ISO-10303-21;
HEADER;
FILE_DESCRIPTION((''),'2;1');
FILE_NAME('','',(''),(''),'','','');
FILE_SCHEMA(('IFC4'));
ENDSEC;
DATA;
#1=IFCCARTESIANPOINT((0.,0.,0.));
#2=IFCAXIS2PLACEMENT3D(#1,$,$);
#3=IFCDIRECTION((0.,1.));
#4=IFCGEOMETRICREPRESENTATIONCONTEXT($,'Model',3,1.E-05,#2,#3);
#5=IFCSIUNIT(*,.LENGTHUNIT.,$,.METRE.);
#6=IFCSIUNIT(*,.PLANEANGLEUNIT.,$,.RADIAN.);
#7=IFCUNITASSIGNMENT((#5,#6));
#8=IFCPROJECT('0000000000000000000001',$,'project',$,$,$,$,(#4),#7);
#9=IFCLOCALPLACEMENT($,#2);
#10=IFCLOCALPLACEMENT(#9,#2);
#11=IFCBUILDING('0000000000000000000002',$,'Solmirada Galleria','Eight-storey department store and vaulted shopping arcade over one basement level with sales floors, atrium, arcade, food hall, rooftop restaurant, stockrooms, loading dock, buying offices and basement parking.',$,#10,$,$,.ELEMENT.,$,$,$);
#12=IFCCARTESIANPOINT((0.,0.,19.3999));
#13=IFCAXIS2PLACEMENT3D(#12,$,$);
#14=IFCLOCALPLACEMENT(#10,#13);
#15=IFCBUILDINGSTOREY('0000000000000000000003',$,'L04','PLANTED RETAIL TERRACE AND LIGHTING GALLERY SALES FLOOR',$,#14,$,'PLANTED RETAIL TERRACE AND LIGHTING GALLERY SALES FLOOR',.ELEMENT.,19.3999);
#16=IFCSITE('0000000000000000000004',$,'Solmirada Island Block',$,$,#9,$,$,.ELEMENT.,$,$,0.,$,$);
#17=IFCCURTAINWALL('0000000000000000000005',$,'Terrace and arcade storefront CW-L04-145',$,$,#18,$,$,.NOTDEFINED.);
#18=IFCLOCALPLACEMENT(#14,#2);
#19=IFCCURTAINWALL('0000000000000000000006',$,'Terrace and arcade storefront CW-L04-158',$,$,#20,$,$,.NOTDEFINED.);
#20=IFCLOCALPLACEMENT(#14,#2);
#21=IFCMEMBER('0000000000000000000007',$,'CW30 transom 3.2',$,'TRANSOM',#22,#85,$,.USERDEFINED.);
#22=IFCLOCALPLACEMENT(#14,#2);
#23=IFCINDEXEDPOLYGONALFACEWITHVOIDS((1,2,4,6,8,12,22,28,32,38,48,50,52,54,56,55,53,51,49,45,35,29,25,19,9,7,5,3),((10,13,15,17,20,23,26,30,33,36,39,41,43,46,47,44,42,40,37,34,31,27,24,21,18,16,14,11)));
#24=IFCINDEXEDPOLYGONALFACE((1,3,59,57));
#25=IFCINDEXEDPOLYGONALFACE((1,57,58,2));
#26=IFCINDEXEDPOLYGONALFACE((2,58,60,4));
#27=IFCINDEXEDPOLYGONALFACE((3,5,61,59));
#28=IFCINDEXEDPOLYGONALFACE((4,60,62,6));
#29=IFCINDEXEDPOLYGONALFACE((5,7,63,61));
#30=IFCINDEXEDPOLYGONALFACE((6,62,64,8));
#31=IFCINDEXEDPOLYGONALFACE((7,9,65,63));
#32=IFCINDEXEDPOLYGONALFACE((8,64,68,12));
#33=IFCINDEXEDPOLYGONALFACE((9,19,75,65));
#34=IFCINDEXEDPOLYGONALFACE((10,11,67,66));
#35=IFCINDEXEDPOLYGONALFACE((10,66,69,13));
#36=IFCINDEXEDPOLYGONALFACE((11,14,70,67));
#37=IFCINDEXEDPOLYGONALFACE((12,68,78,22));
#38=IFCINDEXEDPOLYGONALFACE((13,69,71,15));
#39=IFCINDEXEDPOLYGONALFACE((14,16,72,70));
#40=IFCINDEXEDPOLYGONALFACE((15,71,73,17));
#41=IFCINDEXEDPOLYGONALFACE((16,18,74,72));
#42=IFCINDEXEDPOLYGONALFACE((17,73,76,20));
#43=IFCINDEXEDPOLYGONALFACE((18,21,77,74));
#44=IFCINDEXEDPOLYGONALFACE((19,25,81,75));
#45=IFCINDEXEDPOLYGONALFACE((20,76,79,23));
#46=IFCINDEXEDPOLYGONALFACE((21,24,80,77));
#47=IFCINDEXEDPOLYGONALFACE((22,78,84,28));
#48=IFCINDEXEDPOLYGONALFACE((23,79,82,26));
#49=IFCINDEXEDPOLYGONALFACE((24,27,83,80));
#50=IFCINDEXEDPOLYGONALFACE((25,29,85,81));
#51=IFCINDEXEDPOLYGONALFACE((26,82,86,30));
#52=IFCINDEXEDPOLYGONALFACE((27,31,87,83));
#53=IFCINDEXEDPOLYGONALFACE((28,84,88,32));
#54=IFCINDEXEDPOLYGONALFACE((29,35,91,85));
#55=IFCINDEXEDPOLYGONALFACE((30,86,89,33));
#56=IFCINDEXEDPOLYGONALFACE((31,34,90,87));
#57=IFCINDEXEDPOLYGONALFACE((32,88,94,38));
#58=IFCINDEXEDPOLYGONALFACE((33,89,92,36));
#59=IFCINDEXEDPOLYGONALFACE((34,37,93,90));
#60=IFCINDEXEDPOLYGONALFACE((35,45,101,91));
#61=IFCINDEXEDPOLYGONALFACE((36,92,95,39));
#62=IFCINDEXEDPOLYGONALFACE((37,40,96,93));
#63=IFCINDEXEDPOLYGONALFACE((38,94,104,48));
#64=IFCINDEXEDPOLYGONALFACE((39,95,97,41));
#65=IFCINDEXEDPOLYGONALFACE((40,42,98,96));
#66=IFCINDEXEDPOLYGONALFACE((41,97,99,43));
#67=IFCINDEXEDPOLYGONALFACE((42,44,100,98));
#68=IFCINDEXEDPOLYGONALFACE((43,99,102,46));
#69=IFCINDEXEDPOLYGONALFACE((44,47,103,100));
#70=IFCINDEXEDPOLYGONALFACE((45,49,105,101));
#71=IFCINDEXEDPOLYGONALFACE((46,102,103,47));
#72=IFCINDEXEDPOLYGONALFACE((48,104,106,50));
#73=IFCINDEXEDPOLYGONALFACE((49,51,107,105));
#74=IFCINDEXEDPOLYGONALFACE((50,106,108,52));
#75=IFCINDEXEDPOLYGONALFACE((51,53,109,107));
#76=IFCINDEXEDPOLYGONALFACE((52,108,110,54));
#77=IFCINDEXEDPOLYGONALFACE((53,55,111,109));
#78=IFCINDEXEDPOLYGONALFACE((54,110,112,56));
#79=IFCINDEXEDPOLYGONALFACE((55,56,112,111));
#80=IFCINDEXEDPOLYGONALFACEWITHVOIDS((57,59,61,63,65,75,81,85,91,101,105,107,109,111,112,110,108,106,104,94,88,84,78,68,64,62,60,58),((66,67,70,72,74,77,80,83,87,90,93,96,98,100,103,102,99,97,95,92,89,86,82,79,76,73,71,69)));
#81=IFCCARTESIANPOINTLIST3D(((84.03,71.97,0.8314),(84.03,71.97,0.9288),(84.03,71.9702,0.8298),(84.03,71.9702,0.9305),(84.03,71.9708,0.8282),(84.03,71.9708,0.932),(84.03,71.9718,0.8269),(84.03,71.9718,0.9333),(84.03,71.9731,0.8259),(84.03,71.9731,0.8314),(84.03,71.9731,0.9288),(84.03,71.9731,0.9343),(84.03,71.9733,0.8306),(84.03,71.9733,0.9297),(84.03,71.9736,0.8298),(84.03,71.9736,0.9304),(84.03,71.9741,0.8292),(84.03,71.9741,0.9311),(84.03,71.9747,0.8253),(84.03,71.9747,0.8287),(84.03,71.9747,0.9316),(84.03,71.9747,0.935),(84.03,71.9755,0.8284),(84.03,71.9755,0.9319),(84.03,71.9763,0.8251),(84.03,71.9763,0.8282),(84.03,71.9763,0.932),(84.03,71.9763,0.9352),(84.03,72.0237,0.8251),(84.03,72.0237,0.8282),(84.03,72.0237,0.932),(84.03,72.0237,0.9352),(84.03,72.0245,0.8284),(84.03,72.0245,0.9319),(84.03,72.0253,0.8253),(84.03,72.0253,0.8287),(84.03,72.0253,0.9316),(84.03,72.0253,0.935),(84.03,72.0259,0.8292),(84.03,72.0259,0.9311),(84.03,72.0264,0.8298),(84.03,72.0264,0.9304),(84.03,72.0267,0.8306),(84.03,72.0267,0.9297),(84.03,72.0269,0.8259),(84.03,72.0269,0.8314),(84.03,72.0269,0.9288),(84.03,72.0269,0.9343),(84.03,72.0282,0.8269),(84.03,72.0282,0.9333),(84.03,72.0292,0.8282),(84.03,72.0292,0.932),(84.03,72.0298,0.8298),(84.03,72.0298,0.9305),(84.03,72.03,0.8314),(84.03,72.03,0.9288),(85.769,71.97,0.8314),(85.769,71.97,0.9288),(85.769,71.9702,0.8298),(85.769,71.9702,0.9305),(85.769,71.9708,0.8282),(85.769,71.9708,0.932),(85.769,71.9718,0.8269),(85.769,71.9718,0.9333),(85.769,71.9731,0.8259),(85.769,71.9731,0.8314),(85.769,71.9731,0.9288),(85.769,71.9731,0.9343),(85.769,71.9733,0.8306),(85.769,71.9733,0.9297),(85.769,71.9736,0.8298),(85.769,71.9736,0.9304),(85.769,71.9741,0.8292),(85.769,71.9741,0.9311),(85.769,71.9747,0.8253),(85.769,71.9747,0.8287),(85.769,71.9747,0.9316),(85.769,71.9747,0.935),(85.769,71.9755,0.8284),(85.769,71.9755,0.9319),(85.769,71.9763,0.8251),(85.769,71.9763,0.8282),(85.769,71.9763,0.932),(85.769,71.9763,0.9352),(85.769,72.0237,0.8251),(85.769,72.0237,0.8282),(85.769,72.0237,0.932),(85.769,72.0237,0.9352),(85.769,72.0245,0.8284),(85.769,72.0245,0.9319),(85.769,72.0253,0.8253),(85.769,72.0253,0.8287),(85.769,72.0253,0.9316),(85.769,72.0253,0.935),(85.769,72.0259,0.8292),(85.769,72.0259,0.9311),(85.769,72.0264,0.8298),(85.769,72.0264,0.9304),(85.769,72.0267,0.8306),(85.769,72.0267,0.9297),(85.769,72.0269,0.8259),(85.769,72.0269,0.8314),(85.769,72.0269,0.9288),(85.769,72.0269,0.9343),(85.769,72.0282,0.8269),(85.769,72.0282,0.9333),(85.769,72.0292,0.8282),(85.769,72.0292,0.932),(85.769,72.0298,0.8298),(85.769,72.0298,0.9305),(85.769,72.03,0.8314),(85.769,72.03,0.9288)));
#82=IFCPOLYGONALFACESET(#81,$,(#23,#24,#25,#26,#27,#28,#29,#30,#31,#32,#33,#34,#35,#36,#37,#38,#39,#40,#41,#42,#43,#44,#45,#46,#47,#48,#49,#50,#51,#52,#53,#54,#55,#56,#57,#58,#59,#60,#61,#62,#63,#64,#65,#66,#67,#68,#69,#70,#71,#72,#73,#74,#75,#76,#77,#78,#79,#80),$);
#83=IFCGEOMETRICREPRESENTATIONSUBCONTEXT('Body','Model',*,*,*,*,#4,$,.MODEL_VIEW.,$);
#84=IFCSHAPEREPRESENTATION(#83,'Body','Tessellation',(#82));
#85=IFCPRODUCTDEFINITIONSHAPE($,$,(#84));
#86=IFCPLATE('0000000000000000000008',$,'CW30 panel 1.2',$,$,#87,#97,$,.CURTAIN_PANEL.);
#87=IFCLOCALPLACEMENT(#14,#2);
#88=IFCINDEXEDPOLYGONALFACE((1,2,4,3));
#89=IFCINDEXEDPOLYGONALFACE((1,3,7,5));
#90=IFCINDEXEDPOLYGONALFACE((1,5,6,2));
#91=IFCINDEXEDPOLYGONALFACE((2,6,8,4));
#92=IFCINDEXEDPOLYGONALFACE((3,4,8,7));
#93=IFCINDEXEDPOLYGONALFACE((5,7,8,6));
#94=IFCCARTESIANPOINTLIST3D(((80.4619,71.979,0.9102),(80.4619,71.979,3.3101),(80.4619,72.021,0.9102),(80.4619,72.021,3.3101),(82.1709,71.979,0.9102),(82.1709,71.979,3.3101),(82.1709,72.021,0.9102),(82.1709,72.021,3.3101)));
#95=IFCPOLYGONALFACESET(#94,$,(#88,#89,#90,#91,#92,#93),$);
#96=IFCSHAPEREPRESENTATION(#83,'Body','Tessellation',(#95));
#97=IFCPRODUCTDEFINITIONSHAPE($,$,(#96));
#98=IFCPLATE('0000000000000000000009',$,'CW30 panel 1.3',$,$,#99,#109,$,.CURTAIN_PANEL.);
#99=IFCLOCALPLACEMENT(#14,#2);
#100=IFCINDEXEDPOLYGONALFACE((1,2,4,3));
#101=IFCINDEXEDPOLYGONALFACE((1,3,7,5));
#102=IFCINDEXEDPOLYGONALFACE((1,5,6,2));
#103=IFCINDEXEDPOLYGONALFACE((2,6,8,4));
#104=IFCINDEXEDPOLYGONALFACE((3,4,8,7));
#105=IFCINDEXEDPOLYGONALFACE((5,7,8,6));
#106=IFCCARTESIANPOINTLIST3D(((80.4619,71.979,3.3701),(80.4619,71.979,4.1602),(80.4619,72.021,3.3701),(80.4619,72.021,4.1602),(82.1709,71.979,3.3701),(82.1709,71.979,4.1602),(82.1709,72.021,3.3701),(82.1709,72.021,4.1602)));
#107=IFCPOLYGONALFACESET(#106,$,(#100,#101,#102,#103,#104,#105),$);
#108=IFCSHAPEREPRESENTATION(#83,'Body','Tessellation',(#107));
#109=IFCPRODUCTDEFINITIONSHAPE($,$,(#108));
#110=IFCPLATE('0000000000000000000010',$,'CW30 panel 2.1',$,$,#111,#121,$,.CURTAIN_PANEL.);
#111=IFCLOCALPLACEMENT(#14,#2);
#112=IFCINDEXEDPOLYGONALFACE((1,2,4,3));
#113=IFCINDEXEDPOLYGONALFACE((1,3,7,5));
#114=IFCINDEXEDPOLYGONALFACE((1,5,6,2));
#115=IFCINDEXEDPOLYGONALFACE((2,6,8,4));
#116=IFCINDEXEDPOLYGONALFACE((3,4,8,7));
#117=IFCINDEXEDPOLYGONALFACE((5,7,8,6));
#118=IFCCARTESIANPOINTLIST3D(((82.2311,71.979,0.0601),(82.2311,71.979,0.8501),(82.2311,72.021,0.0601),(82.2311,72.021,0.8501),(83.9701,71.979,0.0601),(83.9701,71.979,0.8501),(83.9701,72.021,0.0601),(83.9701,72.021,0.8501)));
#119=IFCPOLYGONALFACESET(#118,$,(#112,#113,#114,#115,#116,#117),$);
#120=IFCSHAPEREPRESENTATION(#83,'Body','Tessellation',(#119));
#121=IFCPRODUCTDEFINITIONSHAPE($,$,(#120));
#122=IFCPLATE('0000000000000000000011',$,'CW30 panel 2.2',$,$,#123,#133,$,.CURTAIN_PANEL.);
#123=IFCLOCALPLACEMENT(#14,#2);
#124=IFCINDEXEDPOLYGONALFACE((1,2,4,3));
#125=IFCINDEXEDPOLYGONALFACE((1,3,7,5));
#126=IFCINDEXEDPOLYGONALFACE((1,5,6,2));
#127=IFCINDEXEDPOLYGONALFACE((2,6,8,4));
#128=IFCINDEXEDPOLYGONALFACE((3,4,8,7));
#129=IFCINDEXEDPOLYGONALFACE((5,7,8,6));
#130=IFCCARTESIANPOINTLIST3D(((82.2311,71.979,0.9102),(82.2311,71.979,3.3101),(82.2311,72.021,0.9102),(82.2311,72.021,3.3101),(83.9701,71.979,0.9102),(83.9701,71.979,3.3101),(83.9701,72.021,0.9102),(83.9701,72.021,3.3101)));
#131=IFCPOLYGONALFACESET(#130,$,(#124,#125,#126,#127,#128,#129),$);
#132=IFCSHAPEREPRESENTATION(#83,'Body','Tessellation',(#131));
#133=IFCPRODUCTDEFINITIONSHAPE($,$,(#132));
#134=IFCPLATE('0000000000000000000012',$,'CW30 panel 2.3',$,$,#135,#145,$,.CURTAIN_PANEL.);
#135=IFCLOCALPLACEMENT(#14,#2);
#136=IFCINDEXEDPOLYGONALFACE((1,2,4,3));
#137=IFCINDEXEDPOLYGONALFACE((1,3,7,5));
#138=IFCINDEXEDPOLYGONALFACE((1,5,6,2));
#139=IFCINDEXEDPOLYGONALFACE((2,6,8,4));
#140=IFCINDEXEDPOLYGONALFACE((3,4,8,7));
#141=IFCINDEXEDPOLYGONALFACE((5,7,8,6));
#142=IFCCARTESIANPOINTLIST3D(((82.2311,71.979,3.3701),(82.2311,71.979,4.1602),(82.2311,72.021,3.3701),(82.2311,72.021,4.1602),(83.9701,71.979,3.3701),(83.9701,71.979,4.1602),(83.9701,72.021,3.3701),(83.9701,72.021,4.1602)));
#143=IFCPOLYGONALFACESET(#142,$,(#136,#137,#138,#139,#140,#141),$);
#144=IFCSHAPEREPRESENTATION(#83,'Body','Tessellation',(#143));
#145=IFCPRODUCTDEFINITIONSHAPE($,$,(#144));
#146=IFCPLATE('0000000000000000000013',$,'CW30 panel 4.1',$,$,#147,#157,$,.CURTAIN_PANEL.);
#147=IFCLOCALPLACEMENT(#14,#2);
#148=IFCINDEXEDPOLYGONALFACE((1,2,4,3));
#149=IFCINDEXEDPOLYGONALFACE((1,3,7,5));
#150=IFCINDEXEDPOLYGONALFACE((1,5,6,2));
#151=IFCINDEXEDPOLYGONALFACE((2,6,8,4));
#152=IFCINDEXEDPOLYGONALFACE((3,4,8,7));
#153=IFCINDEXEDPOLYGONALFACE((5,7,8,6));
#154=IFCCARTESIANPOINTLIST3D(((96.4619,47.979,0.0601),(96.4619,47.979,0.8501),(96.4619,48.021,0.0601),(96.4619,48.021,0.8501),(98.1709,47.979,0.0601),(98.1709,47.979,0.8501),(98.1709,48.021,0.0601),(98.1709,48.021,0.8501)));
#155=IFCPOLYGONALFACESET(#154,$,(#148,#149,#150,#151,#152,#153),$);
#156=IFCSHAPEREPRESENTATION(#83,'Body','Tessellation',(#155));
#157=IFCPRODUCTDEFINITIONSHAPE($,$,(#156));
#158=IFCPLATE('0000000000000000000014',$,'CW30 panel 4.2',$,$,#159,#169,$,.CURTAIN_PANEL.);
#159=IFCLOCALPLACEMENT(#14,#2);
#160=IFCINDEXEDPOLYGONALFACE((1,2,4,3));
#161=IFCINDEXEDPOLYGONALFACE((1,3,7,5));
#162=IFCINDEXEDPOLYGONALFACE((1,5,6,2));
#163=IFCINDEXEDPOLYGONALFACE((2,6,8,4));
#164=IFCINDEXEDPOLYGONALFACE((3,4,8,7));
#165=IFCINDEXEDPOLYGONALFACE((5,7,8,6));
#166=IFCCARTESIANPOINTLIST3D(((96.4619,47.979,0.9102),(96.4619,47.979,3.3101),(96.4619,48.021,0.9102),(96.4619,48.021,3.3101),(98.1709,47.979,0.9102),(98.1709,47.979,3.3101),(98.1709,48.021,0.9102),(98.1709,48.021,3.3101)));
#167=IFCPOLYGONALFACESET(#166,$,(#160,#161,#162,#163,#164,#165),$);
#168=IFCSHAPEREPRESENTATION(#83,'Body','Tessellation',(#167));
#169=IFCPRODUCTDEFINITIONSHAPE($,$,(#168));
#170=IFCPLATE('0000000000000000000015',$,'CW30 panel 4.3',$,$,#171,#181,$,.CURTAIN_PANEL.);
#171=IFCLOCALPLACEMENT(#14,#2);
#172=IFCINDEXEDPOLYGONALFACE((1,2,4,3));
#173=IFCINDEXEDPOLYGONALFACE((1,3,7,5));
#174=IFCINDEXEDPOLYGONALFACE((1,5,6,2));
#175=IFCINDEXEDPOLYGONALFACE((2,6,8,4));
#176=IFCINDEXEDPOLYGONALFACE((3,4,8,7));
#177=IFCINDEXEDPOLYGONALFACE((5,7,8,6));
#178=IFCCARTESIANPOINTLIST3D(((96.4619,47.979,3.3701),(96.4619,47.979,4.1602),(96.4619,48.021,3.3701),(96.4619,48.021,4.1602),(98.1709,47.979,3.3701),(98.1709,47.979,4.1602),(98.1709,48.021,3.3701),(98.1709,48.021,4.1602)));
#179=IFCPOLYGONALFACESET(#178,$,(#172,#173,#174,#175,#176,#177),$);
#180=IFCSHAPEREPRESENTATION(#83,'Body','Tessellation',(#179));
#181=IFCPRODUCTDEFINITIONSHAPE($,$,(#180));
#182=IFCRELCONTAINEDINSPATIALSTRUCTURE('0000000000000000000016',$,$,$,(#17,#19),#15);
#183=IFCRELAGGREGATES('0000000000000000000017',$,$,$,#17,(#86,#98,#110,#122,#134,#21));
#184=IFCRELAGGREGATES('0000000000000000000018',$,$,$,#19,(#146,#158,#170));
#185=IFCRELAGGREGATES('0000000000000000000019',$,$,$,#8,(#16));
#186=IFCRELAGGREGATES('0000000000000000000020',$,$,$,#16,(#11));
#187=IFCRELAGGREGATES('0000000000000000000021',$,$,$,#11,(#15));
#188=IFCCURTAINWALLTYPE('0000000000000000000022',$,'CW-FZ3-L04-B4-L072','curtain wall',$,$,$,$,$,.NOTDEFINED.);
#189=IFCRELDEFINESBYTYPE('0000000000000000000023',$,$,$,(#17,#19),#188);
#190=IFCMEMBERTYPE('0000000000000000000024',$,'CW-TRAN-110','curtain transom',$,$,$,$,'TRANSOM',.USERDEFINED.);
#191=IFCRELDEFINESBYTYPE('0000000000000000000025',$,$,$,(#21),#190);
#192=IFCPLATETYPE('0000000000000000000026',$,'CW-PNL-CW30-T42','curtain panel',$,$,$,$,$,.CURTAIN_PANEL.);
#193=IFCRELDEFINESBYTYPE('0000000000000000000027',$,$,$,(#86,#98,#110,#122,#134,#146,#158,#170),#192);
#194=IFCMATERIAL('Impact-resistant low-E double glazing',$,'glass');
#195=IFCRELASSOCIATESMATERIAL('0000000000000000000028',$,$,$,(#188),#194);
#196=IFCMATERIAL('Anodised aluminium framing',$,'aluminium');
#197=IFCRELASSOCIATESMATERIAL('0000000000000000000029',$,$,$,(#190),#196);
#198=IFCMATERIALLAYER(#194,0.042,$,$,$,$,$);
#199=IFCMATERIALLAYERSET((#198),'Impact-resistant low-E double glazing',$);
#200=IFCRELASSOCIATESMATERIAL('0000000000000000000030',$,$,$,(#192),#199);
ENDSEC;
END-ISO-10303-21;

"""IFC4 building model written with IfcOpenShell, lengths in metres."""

from ifc_helpers import new_model, si_unit, direction, frame, origin, origin_2d, place, context, subcontext, project, spatial, rectangle, hollow_rectangle, extrude, material, layer, layer_set, material_profile, profile_set, type_object, element, aggregate, save


model = new_model("IFC4")

# Units and contexts
model_context = context("Model", 3, precision=1e-05, world=origin(), true_north=direction((0.0, 1.0)))
body_context = subcontext(model_context, "Body", "Model", "MODEL_VIEW")
ifc_project = project(units=[si_unit("LENGTHUNIT", "METRE"), si_unit("PLANEANGLEUNIT", "RADIAN")], contexts=[model_context])

# Site, building, storey
site_placement = place(None, origin())
site = spatial("IfcSite", under=ifc_project, at=site_placement, Name="Solmirada Island Block", CompositionType="ELEMENT", RefElevation=0.0)
building_placement = place(site_placement, origin())
building = spatial("IfcBuilding", under=site, at=building_placement, Name="Solmirada Galleria", Description="Eight-storey department store and vaulted shopping arcade over one basement level with sales floors, atrium, arcade, food hall, rooftop restaurant, stockrooms, loading dock, buying offices and basement parking.", CompositionType="ELEMENT")
storey_placement = place(building_placement, frame((0.0, 0.0, 19.3999)))
storey = spatial("IfcBuildingStorey", under=building, at=storey_placement, Name="L04", Description="PLANTED RETAIL TERRACE AND LIGHTING GALLERY SALES FLOOR", LongName="PLANTED RETAIL TERRACE AND LIGHTING GALLERY SALES FLOOR", CompositionType="ELEMENT", Elevation=19.3999)

# Curtain wall
ifc_material_1 = material(Name="Impact-resistant low-E double glazing", Category="glass")
curtain_wall_type = type_object("IfcCurtainWallType", Name="CW-FZ3-L04-B4-L072", Description="curtain wall", PredefinedType="NOTDEFINED", material=ifc_material_1)
curtain_wall_1_placement = place(storey_placement, origin())
curtain_wall_1 = element("IfcCurtainWall", 1, at=curtain_wall_1_placement, inside=storey, type_object=curtain_wall_type, Name="Terrace and arcade storefront CW-L04-145", PredefinedType="NOTDEFINED")
ifc_material_2 = material(Name="Anodised aluminium framing", Category="aluminium")

# Curtain wall
curtain_wall_2_placement = place(storey_placement, origin())
curtain_wall_2 = element("IfcCurtainWall", 2, at=curtain_wall_2_placement, inside=storey, type_object=curtain_wall_type, Name="Terrace and arcade storefront CW-L04-158", PredefinedType="NOTDEFINED")

# Member
ifc_material_profile_1 = material_profile(ifc_material_2, hollow_rectangle(XDim=0.0601, YDim=0.1101, WallThickness=0.0032, InnerFilletRadius=0.0032, OuterFilletRadius=0.0063, at=origin_2d()), Name="ALU-TRAN-110X60")
ifc_profile_set_1 = profile_set([ifc_material_profile_1], Name="Anodised aluminium framing")
member_type_1 = type_object("IfcMemberType", Name="CW-TRAN-110", Description="curtain transom", ElementType="TRANSOM", PredefinedType="USERDEFINED", material=ifc_profile_set_1)
member_1_placement = place(storey_placement, frame((84.03, 72.0, 0.8801), z_axis=(1.0, 0.0, 0.0), x_axis=(0.0, 1.0, 0.0)))
member_1 = element("IfcMember", 3, at=member_1_placement, type_object=member_type_1, Name="CW30 transom 3.2", ObjectType="TRANSOM", PredefinedType="USERDEFINED", context=body_context, shape_type="SweptSolid", body=[
    extrude(hollow_rectangle(XDim=0.0601, YDim=0.1101, WallThickness=0.0032, InnerFilletRadius=0.0032, OuterFilletRadius=0.0063, at=origin_2d()), origin(), (0.0, 0.0, 1.0), 1.739),
])

# Plates
ifc_layer = layer(ifc_material_1, 0.042)
ifc_layer_set = layer_set([ifc_layer], Name="Impact-resistant low-E double glazing")
plate_type = type_object("IfcPlateType", Name="CW-PNL-CW30-T42", Description="curtain panel", PredefinedType="CURTAIN_PANEL", material=ifc_layer_set)
plate_1_placement = place(storey_placement, frame((81.3164, 72.0, 0.9102), z_axis=(0.0, 0.0, 1.0), x_axis=(1.0, 0.0, 0.0)))
plate_1 = element("IfcPlate", 4, at=plate_1_placement, type_object=plate_type, Name="CW30 panel 1.2", PredefinedType="CURTAIN_PANEL", context=body_context, shape_type="SweptSolid", body=[
    extrude(rectangle(XDim=1.709, YDim=0.042, at=origin_2d()), origin(), (0.0, 0.0, 1.0), 2.3999),
])
plate_2_placement = place(storey_placement, frame((81.3164, 72.0, 3.3701), z_axis=(0.0, 0.0, 1.0), x_axis=(1.0, 0.0, 0.0)))
plate_2 = element("IfcPlate", 5, at=plate_2_placement, type_object=plate_type, Name="CW30 panel 1.3", PredefinedType="CURTAIN_PANEL", context=body_context, shape_type="SweptSolid", body=[
    extrude(rectangle(XDim=1.709, YDim=0.042, at=origin_2d()), origin(), (0.0, 0.0, 1.0), 0.79),
])
plate_3_placement = place(storey_placement, frame((83.1006, 72.0, 0.0601), z_axis=(0.0, 0.0, 1.0), x_axis=(1.0, 0.0, 0.0)))
plate_3 = element("IfcPlate", 6, at=plate_3_placement, type_object=plate_type, Name="CW30 panel 2.1", PredefinedType="CURTAIN_PANEL", context=body_context, shape_type="SweptSolid", body=[
    extrude(rectangle(XDim=1.739, YDim=0.042, at=origin_2d()), origin(), (0.0, 0.0, 1.0), 0.79),
])
plate_4_placement = place(storey_placement, frame((83.1006, 72.0, 0.9102), z_axis=(0.0, 0.0, 1.0), x_axis=(1.0, 0.0, 0.0)))
plate_4 = element("IfcPlate", 7, at=plate_4_placement, type_object=plate_type, Name="CW30 panel 2.2", PredefinedType="CURTAIN_PANEL", context=body_context, shape_type="SweptSolid", body=[
    extrude(rectangle(XDim=1.739, YDim=0.042, at=origin_2d()), origin(), (0.0, 0.0, 1.0), 2.3999),
])
plate_5_placement = place(storey_placement, frame((83.1006, 72.0, 3.3701), z_axis=(0.0, 0.0, 1.0), x_axis=(1.0, 0.0, 0.0)))
plate_5 = element("IfcPlate", 8, at=plate_5_placement, type_object=plate_type, Name="CW30 panel 2.3", PredefinedType="CURTAIN_PANEL", context=body_context, shape_type="SweptSolid", body=[
    extrude(rectangle(XDim=1.739, YDim=0.042, at=origin_2d()), origin(), (0.0, 0.0, 1.0), 0.79),
])
aggregate(curtain_wall_1, [plate_1, plate_2, plate_3, plate_4, plate_5, member_1])
plate_6_placement = place(storey_placement, frame((97.3164, 48.0, 0.0601), z_axis=(0.0, 0.0, 1.0), x_axis=(-1.0, 0.0, 0.0)))
plate_6 = element("IfcPlate", 9, at=plate_6_placement, type_object=plate_type, Name="CW30 panel 4.1", PredefinedType="CURTAIN_PANEL", context=body_context, shape_type="SweptSolid", body=[
    extrude(rectangle(XDim=1.709, YDim=0.042, at=origin_2d()), origin(), (0.0, 0.0, 1.0), 0.79),
])
plate_7_placement = place(storey_placement, frame((97.3164, 48.0, 0.9102), z_axis=(0.0, 0.0, 1.0), x_axis=(-1.0, 0.0, 0.0)))
plate_7 = element("IfcPlate", 10, at=plate_7_placement, type_object=plate_type, Name="CW30 panel 4.2", PredefinedType="CURTAIN_PANEL", context=body_context, shape_type="SweptSolid", body=[
    extrude(rectangle(XDim=1.709, YDim=0.042, at=origin_2d()), origin(), (0.0, 0.0, 1.0), 2.3999),
])
plate_8_placement = place(storey_placement, frame((97.3164, 48.0, 3.3701), z_axis=(0.0, 0.0, 1.0), x_axis=(-1.0, 0.0, 0.0)))
plate_8 = element("IfcPlate", 11, at=plate_8_placement, type_object=plate_type, Name="CW30 panel 4.3", PredefinedType="CURTAIN_PANEL", context=body_context, shape_type="SweptSolid", body=[
    extrude(rectangle(XDim=1.709, YDim=0.042, at=origin_2d()), origin(), (0.0, 0.0, 1.0), 0.79),
])
aggregate(curtain_wall_2, [plate_6, plate_7, plate_8])

save(model, "model.ifc")
